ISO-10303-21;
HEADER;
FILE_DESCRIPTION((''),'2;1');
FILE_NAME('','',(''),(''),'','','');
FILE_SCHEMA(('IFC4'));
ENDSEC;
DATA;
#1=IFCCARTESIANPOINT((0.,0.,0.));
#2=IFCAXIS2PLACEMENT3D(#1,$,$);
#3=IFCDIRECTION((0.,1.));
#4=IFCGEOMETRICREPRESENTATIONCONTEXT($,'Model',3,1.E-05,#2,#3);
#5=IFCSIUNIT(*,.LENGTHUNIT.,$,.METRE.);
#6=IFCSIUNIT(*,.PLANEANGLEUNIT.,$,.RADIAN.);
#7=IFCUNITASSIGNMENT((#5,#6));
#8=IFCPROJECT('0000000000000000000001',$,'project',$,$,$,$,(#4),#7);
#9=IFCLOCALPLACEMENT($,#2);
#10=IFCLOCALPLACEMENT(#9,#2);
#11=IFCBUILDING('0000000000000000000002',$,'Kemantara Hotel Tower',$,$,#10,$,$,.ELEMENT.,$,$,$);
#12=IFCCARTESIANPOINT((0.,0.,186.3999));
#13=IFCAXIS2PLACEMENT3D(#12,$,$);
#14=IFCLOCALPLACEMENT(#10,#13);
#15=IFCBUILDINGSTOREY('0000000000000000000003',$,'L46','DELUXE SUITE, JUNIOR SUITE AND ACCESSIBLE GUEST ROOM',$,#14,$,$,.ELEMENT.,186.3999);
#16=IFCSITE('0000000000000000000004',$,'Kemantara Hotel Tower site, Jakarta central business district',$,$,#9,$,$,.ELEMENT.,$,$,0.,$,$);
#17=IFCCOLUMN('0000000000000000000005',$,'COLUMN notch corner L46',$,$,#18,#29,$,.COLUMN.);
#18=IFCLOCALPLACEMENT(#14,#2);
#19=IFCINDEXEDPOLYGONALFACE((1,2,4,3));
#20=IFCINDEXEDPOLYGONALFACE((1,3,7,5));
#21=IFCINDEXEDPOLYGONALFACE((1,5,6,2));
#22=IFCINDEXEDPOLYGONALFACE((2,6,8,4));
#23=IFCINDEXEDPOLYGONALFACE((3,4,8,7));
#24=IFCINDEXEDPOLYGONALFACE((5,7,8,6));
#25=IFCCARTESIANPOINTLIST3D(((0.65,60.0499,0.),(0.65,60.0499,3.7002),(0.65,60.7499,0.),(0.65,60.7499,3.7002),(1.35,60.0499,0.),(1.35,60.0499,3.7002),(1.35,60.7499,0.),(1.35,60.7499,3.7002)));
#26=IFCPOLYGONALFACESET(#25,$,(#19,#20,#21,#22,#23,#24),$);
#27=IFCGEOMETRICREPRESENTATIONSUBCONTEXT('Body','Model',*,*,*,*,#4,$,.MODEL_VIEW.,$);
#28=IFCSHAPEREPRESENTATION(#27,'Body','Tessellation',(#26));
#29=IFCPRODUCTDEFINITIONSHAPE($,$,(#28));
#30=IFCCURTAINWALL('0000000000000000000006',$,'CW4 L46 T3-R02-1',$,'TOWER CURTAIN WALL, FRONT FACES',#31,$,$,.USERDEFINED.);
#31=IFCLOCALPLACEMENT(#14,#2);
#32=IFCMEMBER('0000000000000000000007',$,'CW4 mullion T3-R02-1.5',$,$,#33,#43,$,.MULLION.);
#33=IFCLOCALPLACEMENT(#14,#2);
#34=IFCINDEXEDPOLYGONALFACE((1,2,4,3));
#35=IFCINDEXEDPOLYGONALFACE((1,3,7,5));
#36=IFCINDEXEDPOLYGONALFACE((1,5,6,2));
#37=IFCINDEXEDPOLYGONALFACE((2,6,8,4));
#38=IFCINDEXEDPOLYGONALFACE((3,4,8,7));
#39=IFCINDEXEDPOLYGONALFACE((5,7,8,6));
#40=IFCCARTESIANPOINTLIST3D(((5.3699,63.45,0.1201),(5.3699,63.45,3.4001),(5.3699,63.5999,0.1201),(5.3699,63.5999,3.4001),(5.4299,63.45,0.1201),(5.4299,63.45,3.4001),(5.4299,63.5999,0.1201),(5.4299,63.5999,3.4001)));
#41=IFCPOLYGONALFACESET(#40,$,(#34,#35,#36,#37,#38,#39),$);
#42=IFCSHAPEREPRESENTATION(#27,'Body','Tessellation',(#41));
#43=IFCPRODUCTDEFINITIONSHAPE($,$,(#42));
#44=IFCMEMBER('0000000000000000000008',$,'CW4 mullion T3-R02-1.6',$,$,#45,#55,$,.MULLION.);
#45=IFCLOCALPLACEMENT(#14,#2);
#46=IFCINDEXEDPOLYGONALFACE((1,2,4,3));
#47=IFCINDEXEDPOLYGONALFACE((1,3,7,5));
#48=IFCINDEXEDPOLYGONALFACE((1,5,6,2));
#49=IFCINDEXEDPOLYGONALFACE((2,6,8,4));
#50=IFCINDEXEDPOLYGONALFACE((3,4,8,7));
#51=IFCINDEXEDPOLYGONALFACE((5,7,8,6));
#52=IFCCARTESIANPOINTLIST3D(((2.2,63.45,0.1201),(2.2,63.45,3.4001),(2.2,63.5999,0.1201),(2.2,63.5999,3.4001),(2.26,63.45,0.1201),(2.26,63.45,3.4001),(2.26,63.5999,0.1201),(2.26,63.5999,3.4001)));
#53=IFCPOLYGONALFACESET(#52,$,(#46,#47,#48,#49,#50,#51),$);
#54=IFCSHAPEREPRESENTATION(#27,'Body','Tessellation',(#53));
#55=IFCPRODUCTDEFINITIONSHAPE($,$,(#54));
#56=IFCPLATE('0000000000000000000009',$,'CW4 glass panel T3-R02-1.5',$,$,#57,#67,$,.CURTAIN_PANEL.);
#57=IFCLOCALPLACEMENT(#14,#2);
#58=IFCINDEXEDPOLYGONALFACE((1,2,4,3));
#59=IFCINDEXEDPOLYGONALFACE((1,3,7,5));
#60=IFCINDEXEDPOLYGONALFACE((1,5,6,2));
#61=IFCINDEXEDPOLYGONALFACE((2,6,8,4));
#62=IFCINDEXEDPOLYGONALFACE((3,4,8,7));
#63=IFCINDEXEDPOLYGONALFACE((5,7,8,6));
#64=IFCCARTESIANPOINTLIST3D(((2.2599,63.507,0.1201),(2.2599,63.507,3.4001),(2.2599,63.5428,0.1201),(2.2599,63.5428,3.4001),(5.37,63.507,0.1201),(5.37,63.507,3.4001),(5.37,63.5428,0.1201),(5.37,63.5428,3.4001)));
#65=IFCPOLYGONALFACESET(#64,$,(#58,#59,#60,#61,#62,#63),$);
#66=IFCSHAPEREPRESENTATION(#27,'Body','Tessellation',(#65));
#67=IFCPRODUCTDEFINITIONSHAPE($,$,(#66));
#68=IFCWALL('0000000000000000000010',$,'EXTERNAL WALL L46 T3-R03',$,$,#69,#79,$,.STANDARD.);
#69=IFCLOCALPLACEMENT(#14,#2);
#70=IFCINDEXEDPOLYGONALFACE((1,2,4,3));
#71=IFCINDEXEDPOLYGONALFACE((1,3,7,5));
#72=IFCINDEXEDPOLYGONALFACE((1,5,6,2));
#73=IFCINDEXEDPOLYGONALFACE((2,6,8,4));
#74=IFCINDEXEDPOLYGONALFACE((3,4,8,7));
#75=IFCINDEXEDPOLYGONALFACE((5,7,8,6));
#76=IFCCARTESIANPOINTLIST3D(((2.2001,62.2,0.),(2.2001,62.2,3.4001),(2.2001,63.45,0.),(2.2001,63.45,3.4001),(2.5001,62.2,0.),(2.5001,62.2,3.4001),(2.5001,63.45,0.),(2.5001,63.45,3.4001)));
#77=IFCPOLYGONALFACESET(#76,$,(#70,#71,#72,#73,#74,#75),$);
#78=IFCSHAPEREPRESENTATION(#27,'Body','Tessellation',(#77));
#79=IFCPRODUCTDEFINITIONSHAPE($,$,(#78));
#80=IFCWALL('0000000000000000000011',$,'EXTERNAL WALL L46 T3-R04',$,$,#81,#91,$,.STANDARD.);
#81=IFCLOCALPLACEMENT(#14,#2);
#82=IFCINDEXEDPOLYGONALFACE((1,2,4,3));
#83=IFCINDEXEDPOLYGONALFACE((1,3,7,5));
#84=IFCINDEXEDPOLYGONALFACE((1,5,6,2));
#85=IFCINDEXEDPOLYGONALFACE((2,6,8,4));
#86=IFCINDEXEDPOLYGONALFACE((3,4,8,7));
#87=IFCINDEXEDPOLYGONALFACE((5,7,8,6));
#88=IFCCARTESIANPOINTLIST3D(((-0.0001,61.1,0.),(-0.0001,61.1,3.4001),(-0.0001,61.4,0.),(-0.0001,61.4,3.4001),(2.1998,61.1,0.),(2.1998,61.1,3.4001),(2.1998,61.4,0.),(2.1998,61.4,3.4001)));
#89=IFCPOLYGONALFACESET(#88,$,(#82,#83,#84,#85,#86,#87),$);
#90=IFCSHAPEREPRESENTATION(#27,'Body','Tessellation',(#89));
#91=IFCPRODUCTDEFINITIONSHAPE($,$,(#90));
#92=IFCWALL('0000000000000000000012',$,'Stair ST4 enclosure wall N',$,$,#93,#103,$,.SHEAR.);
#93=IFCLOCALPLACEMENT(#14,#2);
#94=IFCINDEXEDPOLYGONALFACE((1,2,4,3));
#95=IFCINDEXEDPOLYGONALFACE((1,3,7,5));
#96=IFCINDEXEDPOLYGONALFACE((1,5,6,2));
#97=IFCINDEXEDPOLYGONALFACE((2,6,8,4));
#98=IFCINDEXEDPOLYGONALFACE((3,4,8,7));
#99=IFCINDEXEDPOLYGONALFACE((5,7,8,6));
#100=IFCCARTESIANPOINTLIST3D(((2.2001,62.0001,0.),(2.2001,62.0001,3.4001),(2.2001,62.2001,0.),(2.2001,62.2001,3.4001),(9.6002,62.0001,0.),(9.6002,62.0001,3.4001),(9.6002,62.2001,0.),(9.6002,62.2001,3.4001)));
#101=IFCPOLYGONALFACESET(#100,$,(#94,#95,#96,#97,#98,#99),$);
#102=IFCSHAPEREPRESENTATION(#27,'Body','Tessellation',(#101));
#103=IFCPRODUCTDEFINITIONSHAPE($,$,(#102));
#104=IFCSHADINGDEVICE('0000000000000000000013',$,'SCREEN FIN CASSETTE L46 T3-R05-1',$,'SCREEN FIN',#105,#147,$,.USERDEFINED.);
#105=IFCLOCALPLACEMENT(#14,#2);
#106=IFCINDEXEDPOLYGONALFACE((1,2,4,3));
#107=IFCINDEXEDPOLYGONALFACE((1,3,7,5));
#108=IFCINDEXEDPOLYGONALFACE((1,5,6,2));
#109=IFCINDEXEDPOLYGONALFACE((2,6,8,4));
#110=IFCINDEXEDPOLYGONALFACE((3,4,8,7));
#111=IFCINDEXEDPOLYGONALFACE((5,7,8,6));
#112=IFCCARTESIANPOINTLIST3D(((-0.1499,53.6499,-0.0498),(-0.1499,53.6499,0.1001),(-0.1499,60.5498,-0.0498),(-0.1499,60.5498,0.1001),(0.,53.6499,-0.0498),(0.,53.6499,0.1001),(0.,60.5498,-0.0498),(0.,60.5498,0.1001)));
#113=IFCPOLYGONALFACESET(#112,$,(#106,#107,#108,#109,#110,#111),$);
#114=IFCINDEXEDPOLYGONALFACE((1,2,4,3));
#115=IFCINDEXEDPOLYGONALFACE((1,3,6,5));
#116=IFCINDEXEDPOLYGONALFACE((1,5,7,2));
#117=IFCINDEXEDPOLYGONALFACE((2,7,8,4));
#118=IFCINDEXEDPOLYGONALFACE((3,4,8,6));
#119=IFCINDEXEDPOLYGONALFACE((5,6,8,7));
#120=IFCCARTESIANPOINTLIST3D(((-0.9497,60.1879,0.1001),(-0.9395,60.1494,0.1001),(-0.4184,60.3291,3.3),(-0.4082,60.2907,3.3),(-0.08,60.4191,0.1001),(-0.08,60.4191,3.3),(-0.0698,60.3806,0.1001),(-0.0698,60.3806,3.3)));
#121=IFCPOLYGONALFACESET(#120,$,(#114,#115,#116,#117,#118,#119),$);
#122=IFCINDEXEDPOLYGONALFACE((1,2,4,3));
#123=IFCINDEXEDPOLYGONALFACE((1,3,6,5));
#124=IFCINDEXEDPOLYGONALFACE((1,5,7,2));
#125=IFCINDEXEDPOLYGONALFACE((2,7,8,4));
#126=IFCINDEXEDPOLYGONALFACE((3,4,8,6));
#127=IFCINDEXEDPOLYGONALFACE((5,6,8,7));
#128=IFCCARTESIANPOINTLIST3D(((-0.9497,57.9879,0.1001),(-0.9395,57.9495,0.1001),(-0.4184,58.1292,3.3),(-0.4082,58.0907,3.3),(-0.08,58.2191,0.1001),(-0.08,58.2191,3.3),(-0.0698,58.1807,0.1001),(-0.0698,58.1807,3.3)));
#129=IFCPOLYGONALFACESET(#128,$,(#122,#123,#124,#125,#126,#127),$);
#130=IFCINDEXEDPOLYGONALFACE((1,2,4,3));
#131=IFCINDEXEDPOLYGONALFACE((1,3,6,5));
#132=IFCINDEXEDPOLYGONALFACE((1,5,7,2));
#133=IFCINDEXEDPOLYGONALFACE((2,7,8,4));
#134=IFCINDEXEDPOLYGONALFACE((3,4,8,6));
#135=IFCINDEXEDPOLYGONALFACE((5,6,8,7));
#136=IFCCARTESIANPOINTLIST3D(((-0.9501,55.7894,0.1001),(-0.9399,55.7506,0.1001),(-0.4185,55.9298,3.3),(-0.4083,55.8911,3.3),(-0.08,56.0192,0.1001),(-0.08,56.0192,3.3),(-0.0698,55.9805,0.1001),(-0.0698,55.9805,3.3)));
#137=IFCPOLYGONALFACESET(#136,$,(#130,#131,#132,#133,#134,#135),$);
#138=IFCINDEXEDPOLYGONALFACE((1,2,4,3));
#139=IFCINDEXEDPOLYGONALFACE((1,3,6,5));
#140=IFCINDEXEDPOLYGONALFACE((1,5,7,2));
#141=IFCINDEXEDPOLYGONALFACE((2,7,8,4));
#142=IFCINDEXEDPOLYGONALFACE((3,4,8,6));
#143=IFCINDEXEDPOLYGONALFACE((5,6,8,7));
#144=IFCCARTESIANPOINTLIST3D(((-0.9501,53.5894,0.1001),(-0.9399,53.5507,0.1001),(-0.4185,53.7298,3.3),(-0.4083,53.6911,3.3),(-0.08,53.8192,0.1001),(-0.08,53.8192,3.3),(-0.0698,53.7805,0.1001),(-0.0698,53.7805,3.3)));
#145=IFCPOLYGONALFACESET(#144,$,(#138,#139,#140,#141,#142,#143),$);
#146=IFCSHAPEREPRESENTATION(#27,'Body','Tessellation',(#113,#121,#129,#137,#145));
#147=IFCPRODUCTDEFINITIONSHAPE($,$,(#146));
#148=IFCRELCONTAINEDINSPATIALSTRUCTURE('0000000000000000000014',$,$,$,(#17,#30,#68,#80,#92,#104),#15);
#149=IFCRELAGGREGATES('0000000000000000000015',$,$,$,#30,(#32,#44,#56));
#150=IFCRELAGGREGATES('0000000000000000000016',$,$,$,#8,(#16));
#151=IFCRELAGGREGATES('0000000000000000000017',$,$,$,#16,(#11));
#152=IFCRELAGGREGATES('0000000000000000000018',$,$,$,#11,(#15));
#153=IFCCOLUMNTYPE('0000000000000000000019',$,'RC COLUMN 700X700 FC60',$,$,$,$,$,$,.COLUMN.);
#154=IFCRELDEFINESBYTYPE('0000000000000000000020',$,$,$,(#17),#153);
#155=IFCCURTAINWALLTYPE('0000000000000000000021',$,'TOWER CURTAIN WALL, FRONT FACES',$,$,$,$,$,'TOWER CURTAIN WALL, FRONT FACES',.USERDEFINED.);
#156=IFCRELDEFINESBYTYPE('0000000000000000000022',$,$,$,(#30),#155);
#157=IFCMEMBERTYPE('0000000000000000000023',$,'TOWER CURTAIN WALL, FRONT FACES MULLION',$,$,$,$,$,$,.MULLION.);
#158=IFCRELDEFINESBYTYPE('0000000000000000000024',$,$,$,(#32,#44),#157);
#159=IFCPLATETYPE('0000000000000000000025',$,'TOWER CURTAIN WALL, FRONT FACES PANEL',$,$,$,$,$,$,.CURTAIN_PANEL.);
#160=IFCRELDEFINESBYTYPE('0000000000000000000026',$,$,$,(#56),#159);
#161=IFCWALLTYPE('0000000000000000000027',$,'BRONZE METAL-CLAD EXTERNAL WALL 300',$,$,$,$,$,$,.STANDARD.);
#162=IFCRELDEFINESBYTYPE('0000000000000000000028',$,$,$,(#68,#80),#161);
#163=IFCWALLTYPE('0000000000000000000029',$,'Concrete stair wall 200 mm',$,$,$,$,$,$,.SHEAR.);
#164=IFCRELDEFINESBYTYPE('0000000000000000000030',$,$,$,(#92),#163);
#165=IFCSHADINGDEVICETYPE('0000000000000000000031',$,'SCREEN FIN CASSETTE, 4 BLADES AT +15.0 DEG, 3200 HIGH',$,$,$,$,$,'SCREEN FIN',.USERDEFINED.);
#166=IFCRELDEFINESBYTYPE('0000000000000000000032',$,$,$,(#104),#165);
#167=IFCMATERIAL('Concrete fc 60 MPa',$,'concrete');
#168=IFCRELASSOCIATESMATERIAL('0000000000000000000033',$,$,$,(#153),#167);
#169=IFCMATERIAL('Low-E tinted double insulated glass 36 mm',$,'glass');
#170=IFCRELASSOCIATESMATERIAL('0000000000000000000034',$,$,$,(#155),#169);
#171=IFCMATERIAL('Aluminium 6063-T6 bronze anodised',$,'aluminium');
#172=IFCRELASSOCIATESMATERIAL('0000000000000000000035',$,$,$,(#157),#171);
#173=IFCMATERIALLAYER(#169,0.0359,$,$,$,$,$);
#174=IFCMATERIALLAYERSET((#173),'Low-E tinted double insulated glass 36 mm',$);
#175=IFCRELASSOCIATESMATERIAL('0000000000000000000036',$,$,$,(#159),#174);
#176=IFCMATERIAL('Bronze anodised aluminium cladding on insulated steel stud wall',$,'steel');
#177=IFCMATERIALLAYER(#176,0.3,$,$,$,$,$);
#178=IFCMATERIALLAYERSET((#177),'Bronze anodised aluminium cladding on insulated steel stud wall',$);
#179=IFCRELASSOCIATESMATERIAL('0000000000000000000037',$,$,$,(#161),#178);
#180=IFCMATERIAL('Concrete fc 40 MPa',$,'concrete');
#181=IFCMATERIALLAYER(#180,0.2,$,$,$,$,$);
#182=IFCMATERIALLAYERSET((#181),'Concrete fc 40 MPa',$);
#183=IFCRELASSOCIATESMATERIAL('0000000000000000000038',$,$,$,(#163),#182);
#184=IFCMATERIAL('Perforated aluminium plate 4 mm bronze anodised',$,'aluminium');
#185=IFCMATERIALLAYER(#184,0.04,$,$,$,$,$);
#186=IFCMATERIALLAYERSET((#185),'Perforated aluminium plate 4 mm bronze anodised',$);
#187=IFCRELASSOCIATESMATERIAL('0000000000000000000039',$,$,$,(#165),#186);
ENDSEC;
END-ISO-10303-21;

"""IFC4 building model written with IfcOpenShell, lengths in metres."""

from ifc_helpers import new_model, si_unit, direction, frame, frame_2d, origin, origin_2d, place, context, subcontext, project, spatial, polyline, rectangle, outline, extrude, source, transform, mapped, material, layer, layer_set, material_profile, profile_set, type_object, element, aggregate, save


model = new_model("IFC4")

# Units and contexts
model_context = context("Model", 3, precision=1e-05, world=origin(), true_north=direction((0.0, 1.0)))
body_context = subcontext(model_context, "Body", "Model", "MODEL_VIEW")
ifc_project = project(units=[si_unit("LENGTHUNIT", "METRE"), si_unit("PLANEANGLEUNIT", "RADIAN")], contexts=[model_context])

# Site, building, storey
site_placement = place(None, origin())
site = spatial("IfcSite", under=ifc_project, at=site_placement, Name="Kemantara Hotel Tower site, Jakarta central business district", CompositionType="ELEMENT", RefElevation=0.0)
building_placement = place(site_placement, origin())
building = spatial("IfcBuilding", under=site, at=building_placement, Name="Kemantara Hotel Tower", CompositionType="ELEMENT")
storey_placement = place(building_placement, frame((0.0, 0.0, 186.3999)))
storey = spatial("IfcBuildingStorey", under=building, at=storey_placement, Name="L46", Description="DELUXE SUITE, JUNIOR SUITE AND ACCESSIBLE GUEST ROOM", CompositionType="ELEMENT", Elevation=186.3999)

# Column
ifc_material_1 = material(Name="Concrete fc 60 MPa", Category="concrete")
ifc_material_profile_1 = material_profile(ifc_material_1, rectangle(XDim=0.7, YDim=0.7, at=origin_2d()), Name="RC 700X700")
ifc_profile_set_1 = profile_set([ifc_material_profile_1], Name="Concrete fc 60 MPa")
column_type = type_object("IfcColumnType", Name="RC COLUMN 700X700 FC60", PredefinedType="COLUMN", material=ifc_profile_set_1)
column_placement = place(storey_placement, frame((1.0, 60.3999, 0.0), z_axis=(0.0, 0.0, 1.0), x_axis=(1.0, 0.0, 0.0)))
element("IfcColumn", 1, at=column_placement, inside=storey, type_object=column_type, Name="COLUMN notch corner L46", PredefinedType="COLUMN", context=body_context, shape_type="SweptSolid", body=[
    extrude(rectangle(XDim=0.7, YDim=0.7, at=origin_2d()), origin(), (0.0, 0.0, 1.0), 3.7002),
])

# Curtain wall, members, plate
ifc_material_2 = material(Name="Low-E tinted double insulated glass 36 mm", Category="glass")
curtain_wall_type = type_object("IfcCurtainWallType", Name="TOWER CURTAIN WALL, FRONT FACES", ElementType="TOWER CURTAIN WALL, FRONT FACES", PredefinedType="USERDEFINED", material=ifc_material_2)
curtain_wall_placement = place(storey_placement, origin())
curtain_wall = element("IfcCurtainWall", 2, at=curtain_wall_placement, inside=storey, type_object=curtain_wall_type, Name="CW4 L46 T3-R02-1", ObjectType="TOWER CURTAIN WALL, FRONT FACES", PredefinedType="USERDEFINED")
ifc_material_3 = material(Name="Aluminium 6063-T6 bronze anodised", Category="aluminium")
ifc_material_profile_2 = material_profile(ifc_material_3, rectangle(XDim=0.1499, YDim=0.0601, at=origin_2d()), Name="TOWER CURTAIN WALL, FRONT FACES MULLION")
ifc_profile_set_2 = profile_set([ifc_material_profile_2], Name="Aluminium 6063-T6 bronze anodised")
member_type = type_object("IfcMemberType", Name="TOWER CURTAIN WALL, FRONT FACES MULLION", PredefinedType="MULLION", material=ifc_profile_set_2)
shared_shape_1 = source(origin(), body_context, "Body", "SweptSolid", [
    extrude(rectangle(XDim=0.1499, YDim=0.0601, at=origin_2d()), origin(), (0.0, 0.0, 1.0), 3.28),
])
member_1_placement = place(storey_placement, frame((5.3999, 63.5249, 0.1201), z_axis=(0.0, 0.0, 1.0), x_axis=(0.0, -1.0, 0.0)))
member_1 = element("IfcMember", 3, at=member_1_placement, type_object=member_type, Name="CW4 mullion T3-R02-1.5", PredefinedType="MULLION", context=body_context, shape_type="MappedRepresentation", body=[
    mapped(shared_shape_1, transform((0.0, 0.0, 0.0))),
])
member_2_placement = place(storey_placement, frame((2.23, 63.5249, 0.1201), z_axis=(0.0, 0.0, 1.0), x_axis=(0.0, -1.0, 0.0)))
member_2 = element("IfcMember", 4, at=member_2_placement, type_object=member_type, Name="CW4 mullion T3-R02-1.6", PredefinedType="MULLION", context=body_context, shape_type="MappedRepresentation", body=[
    mapped(shared_shape_1, transform((0.0, 0.0, 0.0))),
])
ifc_layer_1 = layer(ifc_material_2, 0.0359)
ifc_layer_set_1 = layer_set([ifc_layer_1], Name="Low-E tinted double insulated glass 36 mm")
plate_type = type_object("IfcPlateType", Name="TOWER CURTAIN WALL, FRONT FACES PANEL", PredefinedType="CURTAIN_PANEL", material=ifc_layer_set_1)
shared_shape_2 = source(origin(), body_context, "Body", "SweptSolid", [
    extrude(rectangle(XDim=3.1101, YDim=0.0359, at=origin_2d()), origin(), (0.0, 0.0, 1.0), 3.28),
])
plate_placement = place(storey_placement, frame((3.8149, 63.5249, 0.1201), z_axis=(0.0, 0.0, 1.0), x_axis=(-1.0, 0.0, 0.0)))
plate = element("IfcPlate", 5, at=plate_placement, type_object=plate_type, Name="CW4 glass panel T3-R02-1.5", PredefinedType="CURTAIN_PANEL", context=body_context, shape_type="MappedRepresentation", body=[
    mapped(shared_shape_2, transform((0.0, 0.0, 0.0))),
])
aggregate(curtain_wall, [member_1, member_2, plate])

# Walls
ifc_material_4 = material(Name="Bronze anodised aluminium cladding on insulated steel stud wall", Category="steel")
ifc_layer_2 = layer(ifc_material_4, 0.3)
ifc_layer_set_2 = layer_set([ifc_layer_2], Name="Bronze anodised aluminium cladding on insulated steel stud wall")
wall_type_1 = type_object("IfcWallType", Name="BRONZE METAL-CLAD EXTERNAL WALL 300", PredefinedType="STANDARD", material=ifc_layer_set_2)
wall_1_placement = place(storey_placement, frame((2.3501, 63.45, 0.0), z_axis=(0.0, 0.0, 1.0), x_axis=(0.0, -1.0, 0.0)))
element("IfcWall", 6, at=wall_1_placement, inside=storey, type_object=wall_type_1, Name="EXTERNAL WALL L46 T3-R03", PredefinedType="STANDARD", context=body_context, shape_type="SweptSolid", body=[
    extrude(rectangle(XDim=1.25, YDim=0.3, at=frame_2d((0.625, 0.0))), origin(), (0.0, 0.0, 1.0), 3.4001),
])
wall_2_placement = place(storey_placement, frame((2.2, 61.25, 0.0), z_axis=(0.0, 0.0, 1.0), x_axis=(-1.0, 0.0, 0.0)))
element("IfcWall", 7, at=wall_2_placement, inside=storey, type_object=wall_type_1, Name="EXTERNAL WALL L46 T3-R04", PredefinedType="STANDARD", context=body_context, shape_type="SweptSolid", body=[
    extrude(rectangle(XDim=2.2, YDim=0.3, at=frame_2d((1.1001, 0.0))), origin(), (0.0, 0.0, 1.0), 3.4001),
])

# Wall
ifc_material_5 = material(Name="Concrete fc 40 MPa", Category="concrete")
ifc_layer_3 = layer(ifc_material_5, 0.2)
ifc_layer_set_3 = layer_set([ifc_layer_3], Name="Concrete fc 40 MPa")
wall_type_2 = type_object("IfcWallType", Name="Concrete stair wall 200 mm", PredefinedType="SHEAR", material=ifc_layer_set_3)
wall_3_placement = place(storey_placement, frame((2.2, 62.1001, 0.0), z_axis=(0.0, 0.0, 1.0), x_axis=(1.0, 0.0, 0.0)))
element("IfcWall", 8, at=wall_3_placement, inside=storey, type_object=wall_type_2, Name="Stair ST4 enclosure wall N", PredefinedType="SHEAR", context=body_context, shape_type="SweptSolid", body=[
    extrude(rectangle(XDim=7.4001, YDim=0.2, at=frame_2d((3.7002, 0.0))), origin(), (0.0, 0.0, 1.0), 3.4001),
])

# Shading device
ifc_material_6 = material(Name="Perforated aluminium plate 4 mm bronze anodised", Category="aluminium")
ifc_layer_4 = layer(ifc_material_6, 0.04)
ifc_layer_set_4 = layer_set([ifc_layer_4], Name="Perforated aluminium plate 4 mm bronze anodised")
shading_device_type = type_object("IfcShadingDeviceType", Name="SCREEN FIN CASSETTE, 4 BLADES AT +15.0 DEG, 3200 HIGH", ElementType="SCREEN FIN", PredefinedType="USERDEFINED", material=ifc_layer_set_4)
shared_shape_3 = source(origin(), body_context, "Body", "SweptSolid", [
    extrude(rectangle(XDim=6.8999, YDim=0.1499, at=origin_2d()), frame((3.3, -0.075, -0.1499), z_axis=(0.0, 0.0, 1.0), x_axis=(1.0, 0.0, 0.0)), (0.0, 0.0, 1.0), 0.1499),
    extrude(outline(polyline([(0.0, 0.0), (0.8999, 0.0), (0.3501, 3.2), (0.0, 3.2), (0.0, 0.0)])), frame((0.0193, -0.0698, 0.0), z_axis=(-0.966438, -0.256901, 0.0), x_axis=(0.256901, -0.966438, 0.0)), (0.0, 0.0, 1.0), 0.0398),
    extrude(outline(polyline([(0.0, 0.0), (0.8999, 0.0), (0.3501, 3.2), (0.0, 3.2), (0.0, 0.0)])), frame((2.2192, -0.0698, 0.0), z_axis=(-0.966438, -0.256901, 0.0), x_axis=(0.256901, -0.966438, 0.0)), (0.0, 0.0, 1.0), 0.0398),
    extrude(outline(polyline([(0.0, 0.0), (0.8999, 0.0), (0.3501, 3.2), (0.0, 3.2), (0.0, 0.0)])), frame((4.4194, -0.0698, 0.0), z_axis=(-0.966838, -0.255391, 0.0), x_axis=(0.255391, -0.966838, 0.0)), (0.0, 0.0, 1.0), 0.04),
    extrude(outline(polyline([(0.0, 0.0), (0.8999, 0.0), (0.3501, 3.2), (0.0, 3.2), (0.0, 0.0)])), frame((6.6194, -0.0698, 0.0), z_axis=(-0.966838, -0.255391, 0.0), x_axis=(0.255391, -0.966838, 0.0)), (0.0, 0.0, 1.0), 0.04),
])
shading_device_placement = place(storey_placement, frame((0.0, 60.3999, 0.1001), z_axis=(0.0, 0.0, 1.0), x_axis=(0.0, -1.0, 0.0)))
element("IfcShadingDevice", 9, at=shading_device_placement, inside=storey, type_object=shading_device_type, Name="SCREEN FIN CASSETTE L46 T3-R05-1", ObjectType="SCREEN FIN", PredefinedType="USERDEFINED", context=body_context, shape_type="MappedRepresentation", body=[
    mapped(shared_shape_3, transform((0.0, 0.0, 0.0))),
])

save(model, "model.ifc")
